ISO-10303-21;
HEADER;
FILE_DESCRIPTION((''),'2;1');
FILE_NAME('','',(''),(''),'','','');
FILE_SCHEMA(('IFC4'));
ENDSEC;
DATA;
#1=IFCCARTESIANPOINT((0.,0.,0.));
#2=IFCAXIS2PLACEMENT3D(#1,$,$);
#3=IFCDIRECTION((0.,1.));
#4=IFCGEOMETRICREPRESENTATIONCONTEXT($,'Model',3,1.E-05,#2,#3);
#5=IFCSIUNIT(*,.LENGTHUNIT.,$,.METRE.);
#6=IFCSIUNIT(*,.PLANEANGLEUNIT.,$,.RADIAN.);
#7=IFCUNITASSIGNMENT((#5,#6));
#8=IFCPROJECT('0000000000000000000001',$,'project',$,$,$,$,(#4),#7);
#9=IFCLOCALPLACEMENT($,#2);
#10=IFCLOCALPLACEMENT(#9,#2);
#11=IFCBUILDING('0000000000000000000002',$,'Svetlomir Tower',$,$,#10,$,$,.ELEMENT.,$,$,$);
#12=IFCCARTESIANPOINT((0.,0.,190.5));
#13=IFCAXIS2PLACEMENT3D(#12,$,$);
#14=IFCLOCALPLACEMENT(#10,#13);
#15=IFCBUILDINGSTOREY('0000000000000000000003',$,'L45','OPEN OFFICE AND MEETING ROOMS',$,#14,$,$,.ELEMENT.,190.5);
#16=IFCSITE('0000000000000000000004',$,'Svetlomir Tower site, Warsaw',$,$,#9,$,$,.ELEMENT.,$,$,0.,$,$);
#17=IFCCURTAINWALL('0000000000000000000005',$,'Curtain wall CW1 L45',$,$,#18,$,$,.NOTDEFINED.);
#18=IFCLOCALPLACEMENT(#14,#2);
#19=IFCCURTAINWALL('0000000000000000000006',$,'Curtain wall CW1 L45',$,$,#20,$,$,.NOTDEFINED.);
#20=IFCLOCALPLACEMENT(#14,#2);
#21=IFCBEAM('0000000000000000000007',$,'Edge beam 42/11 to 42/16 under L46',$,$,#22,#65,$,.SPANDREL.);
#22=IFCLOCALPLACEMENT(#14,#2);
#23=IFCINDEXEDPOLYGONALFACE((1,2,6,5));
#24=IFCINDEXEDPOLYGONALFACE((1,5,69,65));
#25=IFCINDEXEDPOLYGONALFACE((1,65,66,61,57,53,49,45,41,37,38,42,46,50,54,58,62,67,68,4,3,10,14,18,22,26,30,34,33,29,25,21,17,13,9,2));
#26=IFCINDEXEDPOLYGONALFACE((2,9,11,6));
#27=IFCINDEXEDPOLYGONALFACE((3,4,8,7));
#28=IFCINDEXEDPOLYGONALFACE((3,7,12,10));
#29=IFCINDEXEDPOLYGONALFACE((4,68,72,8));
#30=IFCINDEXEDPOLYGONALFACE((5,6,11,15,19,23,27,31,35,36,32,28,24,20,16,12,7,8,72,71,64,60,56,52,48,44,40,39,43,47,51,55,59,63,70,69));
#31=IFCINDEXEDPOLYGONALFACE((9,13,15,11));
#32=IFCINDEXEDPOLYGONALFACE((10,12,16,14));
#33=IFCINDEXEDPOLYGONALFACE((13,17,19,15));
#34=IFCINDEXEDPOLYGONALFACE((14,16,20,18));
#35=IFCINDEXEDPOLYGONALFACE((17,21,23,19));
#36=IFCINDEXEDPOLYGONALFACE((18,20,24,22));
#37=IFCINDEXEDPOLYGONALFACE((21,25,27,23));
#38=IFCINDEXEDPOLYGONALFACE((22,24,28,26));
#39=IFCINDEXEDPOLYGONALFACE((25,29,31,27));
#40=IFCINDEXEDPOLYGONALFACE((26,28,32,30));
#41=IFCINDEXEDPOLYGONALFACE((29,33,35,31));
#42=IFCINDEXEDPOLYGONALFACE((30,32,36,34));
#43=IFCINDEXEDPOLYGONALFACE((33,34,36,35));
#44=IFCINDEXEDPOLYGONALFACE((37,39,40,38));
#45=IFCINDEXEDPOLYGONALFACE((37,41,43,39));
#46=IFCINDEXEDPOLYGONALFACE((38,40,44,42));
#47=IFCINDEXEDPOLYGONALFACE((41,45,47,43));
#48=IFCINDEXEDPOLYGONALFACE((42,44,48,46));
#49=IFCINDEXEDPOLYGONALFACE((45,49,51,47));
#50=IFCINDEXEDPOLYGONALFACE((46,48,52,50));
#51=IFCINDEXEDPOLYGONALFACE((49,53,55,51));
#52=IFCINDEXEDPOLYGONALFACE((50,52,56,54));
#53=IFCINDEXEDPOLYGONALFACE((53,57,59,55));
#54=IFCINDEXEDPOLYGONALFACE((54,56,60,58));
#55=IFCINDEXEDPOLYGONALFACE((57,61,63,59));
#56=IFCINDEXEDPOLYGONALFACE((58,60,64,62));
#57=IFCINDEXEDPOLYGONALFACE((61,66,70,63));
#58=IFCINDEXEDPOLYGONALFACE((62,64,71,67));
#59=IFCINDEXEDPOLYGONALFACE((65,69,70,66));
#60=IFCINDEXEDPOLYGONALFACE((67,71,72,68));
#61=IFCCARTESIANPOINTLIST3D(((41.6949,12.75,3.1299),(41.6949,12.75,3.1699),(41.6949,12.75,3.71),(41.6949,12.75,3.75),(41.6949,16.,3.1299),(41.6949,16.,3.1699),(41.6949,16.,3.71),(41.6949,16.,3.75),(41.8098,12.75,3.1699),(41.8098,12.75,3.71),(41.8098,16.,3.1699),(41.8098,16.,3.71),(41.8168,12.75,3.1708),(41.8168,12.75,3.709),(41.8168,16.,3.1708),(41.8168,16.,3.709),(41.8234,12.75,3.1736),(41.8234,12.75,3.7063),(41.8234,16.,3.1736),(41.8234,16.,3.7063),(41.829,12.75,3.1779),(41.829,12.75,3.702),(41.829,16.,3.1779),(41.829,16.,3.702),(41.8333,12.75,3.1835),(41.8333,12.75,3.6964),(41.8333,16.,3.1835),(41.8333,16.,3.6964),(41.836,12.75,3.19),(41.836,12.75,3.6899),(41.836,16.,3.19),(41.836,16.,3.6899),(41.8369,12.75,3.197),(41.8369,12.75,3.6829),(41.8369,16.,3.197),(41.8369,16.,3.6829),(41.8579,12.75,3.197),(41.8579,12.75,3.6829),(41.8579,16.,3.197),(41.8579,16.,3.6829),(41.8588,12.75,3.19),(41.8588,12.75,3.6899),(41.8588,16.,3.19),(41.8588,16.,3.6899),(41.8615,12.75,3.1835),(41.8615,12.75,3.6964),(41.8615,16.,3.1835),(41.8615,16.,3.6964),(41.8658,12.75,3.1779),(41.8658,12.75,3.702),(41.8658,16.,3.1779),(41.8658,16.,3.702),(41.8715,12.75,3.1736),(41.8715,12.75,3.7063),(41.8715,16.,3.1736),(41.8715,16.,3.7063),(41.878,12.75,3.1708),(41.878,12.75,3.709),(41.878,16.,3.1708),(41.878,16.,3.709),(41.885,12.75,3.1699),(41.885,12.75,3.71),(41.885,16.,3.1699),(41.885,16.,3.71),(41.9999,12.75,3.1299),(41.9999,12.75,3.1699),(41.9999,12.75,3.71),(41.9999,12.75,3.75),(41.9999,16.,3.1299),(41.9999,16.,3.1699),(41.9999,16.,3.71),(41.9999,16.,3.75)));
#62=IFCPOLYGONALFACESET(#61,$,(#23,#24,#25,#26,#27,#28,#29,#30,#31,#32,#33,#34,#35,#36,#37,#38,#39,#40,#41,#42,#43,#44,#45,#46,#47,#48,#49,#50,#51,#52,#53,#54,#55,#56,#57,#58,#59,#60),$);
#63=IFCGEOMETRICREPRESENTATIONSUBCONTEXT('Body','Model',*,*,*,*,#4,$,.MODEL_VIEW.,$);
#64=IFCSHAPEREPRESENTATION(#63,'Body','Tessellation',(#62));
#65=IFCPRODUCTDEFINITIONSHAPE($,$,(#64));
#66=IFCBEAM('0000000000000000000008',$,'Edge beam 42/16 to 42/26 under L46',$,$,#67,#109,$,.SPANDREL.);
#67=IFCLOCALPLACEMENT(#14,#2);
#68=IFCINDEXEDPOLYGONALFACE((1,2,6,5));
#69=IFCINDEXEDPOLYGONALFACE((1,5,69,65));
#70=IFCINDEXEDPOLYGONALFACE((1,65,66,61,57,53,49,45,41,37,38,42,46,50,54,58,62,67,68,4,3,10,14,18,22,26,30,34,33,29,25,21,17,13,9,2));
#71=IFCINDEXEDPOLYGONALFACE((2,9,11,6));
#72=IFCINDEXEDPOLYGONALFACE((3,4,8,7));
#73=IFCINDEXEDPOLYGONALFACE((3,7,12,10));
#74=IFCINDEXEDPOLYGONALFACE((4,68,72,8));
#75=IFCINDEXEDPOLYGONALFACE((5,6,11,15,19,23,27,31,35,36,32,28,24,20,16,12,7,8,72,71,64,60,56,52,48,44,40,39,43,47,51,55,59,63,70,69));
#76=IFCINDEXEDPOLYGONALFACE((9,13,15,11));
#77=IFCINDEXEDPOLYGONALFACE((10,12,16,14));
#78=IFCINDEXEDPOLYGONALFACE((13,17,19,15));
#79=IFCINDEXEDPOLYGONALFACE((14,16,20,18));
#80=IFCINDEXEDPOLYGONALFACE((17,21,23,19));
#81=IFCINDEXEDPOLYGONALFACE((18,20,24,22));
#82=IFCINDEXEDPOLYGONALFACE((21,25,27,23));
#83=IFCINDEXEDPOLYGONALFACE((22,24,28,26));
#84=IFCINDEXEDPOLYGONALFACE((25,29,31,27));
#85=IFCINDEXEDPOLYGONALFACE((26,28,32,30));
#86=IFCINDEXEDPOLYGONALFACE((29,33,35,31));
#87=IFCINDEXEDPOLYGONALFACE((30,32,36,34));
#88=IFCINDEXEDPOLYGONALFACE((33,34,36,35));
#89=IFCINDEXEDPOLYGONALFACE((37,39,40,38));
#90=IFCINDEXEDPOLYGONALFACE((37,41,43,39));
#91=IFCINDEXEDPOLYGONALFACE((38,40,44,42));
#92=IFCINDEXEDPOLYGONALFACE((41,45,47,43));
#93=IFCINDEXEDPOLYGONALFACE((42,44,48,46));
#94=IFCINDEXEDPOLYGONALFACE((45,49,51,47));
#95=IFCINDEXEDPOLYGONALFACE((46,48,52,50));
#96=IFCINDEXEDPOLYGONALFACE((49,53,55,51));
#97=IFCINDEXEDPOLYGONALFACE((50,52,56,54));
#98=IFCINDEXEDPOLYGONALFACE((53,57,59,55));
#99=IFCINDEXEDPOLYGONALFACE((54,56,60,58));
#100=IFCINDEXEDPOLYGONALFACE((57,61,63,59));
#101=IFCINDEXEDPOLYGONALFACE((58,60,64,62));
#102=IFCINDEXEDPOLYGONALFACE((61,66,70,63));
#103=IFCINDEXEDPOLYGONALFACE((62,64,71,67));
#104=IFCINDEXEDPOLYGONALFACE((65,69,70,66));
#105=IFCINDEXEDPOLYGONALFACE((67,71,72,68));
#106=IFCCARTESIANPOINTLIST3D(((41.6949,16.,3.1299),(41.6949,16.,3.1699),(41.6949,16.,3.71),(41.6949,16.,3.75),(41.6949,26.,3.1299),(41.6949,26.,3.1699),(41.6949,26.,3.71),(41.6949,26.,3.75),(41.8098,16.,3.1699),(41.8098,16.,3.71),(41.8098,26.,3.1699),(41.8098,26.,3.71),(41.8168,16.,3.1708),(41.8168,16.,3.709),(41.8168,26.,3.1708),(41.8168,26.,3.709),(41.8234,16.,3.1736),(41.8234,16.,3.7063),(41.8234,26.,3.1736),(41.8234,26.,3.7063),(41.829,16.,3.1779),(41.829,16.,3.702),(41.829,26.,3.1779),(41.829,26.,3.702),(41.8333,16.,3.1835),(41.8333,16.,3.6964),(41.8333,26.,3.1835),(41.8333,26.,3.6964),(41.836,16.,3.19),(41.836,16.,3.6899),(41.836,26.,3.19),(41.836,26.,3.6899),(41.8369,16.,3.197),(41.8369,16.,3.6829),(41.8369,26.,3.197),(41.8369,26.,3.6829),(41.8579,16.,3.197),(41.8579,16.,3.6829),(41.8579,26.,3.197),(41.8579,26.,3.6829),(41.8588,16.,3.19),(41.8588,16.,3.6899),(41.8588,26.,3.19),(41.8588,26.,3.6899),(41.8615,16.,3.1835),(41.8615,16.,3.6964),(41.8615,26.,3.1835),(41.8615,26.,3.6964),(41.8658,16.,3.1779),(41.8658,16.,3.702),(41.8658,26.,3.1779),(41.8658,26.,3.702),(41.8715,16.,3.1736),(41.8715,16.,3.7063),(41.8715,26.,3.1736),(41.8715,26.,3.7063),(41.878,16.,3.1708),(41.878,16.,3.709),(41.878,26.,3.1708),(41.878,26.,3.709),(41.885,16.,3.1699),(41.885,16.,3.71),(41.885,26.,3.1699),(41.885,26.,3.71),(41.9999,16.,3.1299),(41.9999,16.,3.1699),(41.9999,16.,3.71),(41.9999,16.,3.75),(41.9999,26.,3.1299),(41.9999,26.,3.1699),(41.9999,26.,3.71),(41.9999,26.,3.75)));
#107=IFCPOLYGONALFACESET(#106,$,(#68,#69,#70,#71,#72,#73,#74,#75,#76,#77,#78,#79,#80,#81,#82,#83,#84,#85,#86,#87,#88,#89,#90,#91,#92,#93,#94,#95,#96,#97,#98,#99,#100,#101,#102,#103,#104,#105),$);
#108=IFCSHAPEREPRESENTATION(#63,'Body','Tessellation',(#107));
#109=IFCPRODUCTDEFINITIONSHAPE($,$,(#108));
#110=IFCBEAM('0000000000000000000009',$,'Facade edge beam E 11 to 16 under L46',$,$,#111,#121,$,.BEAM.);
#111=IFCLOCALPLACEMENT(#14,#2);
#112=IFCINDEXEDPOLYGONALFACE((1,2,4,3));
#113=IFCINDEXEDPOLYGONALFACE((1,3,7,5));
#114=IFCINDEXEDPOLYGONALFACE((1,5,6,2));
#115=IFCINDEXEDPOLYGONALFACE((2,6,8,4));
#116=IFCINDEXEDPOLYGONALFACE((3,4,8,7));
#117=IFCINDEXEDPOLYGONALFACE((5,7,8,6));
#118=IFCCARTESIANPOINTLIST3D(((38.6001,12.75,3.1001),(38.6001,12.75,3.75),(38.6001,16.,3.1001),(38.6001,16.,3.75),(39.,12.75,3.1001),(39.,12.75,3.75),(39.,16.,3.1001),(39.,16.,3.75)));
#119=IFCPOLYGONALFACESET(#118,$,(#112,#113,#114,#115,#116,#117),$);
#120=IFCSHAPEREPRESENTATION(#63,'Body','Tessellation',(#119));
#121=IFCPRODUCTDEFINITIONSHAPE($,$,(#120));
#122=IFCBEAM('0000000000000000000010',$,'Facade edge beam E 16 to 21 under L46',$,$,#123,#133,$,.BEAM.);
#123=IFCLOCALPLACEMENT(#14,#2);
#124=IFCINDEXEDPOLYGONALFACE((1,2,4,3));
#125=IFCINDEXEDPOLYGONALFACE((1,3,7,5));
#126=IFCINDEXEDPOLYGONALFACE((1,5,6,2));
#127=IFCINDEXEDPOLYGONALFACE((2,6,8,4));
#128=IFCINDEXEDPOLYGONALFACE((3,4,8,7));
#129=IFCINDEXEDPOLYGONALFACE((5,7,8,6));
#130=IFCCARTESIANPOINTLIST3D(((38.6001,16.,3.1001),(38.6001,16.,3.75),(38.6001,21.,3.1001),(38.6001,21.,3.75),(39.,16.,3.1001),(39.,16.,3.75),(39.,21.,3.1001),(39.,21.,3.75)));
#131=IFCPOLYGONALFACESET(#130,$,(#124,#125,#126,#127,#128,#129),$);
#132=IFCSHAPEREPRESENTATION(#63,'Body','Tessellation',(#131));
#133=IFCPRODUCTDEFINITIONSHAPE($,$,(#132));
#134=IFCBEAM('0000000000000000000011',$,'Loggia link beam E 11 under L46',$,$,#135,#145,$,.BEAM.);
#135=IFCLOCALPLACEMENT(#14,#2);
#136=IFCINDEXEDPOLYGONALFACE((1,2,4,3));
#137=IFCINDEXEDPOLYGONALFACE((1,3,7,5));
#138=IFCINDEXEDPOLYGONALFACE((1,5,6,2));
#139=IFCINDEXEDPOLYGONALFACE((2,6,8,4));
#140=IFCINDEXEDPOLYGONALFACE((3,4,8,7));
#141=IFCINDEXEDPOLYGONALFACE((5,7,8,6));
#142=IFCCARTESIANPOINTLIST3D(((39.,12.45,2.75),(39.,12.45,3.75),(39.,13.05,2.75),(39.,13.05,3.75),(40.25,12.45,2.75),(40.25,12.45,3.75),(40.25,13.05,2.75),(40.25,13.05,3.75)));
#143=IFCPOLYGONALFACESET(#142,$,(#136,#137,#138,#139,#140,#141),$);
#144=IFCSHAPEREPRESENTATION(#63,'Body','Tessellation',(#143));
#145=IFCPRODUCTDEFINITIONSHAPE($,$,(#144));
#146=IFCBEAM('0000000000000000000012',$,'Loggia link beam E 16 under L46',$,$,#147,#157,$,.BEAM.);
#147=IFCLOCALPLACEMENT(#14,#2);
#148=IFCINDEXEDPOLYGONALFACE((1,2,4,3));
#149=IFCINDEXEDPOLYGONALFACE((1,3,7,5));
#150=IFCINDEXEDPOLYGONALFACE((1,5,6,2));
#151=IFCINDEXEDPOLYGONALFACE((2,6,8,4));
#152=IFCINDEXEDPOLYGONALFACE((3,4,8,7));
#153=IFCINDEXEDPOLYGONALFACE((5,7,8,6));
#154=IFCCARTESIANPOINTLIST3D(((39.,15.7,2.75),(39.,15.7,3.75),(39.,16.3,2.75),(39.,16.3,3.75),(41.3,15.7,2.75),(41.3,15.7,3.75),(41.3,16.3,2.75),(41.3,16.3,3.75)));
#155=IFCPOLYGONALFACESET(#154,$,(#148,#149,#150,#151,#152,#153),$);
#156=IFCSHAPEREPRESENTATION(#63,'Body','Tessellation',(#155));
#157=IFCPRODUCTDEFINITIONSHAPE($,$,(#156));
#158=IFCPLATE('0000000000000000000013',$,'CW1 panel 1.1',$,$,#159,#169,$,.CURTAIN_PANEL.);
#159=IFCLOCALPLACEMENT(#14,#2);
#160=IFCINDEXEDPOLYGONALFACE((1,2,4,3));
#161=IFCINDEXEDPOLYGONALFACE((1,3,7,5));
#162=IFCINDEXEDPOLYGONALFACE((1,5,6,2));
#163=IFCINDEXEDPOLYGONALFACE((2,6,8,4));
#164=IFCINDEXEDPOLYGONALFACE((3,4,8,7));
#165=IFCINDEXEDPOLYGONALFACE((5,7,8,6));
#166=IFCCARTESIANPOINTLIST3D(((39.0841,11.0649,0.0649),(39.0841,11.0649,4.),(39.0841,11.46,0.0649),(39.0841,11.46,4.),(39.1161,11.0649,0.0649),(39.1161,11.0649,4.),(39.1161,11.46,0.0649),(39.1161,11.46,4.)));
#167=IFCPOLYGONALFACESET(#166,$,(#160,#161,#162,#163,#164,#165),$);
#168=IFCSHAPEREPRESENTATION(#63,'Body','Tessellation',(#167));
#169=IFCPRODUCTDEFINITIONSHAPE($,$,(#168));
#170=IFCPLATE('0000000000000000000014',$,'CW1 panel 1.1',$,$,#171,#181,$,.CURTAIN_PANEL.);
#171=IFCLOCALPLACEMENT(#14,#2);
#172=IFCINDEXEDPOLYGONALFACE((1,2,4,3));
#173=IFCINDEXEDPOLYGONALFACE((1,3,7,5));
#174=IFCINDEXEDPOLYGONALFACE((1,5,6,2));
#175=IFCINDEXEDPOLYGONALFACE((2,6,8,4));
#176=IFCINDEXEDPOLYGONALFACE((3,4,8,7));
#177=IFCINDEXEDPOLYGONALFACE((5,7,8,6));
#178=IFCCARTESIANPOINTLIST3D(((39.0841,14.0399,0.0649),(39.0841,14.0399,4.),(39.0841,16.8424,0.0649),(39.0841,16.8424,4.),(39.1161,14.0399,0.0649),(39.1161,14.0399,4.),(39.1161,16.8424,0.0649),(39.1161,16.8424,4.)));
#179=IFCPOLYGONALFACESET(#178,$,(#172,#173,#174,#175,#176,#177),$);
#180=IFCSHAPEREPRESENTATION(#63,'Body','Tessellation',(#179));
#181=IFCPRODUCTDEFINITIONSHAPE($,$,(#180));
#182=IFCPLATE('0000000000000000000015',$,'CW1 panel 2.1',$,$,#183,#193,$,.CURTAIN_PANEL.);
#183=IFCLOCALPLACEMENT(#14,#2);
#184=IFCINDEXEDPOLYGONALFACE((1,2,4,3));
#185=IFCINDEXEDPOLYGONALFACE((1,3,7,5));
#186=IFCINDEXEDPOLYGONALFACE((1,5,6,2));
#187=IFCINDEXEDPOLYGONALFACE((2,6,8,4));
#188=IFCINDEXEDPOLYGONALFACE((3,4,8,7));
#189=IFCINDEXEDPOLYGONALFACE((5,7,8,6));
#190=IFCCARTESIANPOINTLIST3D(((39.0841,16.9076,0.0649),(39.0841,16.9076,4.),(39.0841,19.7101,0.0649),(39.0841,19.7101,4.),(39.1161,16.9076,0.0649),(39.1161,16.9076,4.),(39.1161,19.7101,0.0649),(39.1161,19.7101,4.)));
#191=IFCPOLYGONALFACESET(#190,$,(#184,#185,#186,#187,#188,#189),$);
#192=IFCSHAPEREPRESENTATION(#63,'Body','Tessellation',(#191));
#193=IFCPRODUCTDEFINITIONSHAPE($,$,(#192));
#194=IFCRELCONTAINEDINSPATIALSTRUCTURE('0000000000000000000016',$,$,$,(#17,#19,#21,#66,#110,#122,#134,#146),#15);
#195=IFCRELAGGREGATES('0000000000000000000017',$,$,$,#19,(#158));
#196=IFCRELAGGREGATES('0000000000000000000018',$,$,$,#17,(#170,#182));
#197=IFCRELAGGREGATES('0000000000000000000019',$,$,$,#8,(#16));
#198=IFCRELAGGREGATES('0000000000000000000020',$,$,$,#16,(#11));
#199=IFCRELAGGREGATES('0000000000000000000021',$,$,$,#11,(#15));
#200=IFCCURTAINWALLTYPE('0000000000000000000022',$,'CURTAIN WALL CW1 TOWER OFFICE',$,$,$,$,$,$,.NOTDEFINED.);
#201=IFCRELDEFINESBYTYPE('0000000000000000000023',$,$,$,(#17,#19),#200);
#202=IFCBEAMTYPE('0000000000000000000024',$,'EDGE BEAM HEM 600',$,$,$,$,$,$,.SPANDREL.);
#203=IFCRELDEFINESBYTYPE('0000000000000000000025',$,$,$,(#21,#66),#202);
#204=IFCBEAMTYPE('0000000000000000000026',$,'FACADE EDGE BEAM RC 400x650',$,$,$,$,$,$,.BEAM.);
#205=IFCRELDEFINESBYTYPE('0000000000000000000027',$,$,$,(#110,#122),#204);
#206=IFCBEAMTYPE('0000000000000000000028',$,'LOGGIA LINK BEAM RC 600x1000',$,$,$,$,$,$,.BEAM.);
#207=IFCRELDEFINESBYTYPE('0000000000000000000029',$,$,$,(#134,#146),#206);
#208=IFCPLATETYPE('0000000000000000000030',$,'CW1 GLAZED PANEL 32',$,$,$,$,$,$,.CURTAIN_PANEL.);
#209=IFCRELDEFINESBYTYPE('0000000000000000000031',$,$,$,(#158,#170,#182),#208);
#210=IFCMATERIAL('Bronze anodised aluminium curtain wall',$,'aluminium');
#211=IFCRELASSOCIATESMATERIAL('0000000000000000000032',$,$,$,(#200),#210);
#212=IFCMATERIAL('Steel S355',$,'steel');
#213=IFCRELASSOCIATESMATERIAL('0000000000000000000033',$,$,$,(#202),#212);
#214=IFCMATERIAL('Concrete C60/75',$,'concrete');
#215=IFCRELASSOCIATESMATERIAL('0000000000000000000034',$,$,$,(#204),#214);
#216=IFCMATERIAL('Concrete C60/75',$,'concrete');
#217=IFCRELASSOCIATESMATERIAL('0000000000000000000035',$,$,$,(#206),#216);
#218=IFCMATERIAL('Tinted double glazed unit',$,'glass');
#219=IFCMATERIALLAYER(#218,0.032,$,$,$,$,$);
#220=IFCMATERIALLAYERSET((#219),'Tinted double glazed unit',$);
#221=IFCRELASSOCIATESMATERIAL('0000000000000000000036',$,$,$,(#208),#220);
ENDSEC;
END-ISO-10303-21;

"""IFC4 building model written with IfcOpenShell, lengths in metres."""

from ifc_helpers import new_model, si_unit, direction, frame, origin, origin_2d, place, context, subcontext, project, spatial, rectangle, i_section, extrude, material, layer, layer_set, material_profile, profile_set, type_object, element, aggregate, save


model = new_model("IFC4")

# Units and contexts
model_context = context("Model", 3, precision=1e-05, world=origin(), true_north=direction((0.0, 1.0)))
body_context = subcontext(model_context, "Body", "Model", "MODEL_VIEW")
ifc_project = project(units=[si_unit("LENGTHUNIT", "METRE"), si_unit("PLANEANGLEUNIT", "RADIAN")], contexts=[model_context])

# Site, building, storey
site_placement = place(None, origin())
site = spatial("IfcSite", under=ifc_project, at=site_placement, Name="Svetlomir Tower site, Warsaw", CompositionType="ELEMENT", RefElevation=0.0)
building_placement = place(site_placement, origin())
building = spatial("IfcBuilding", under=site, at=building_placement, Name="Svetlomir Tower", CompositionType="ELEMENT")
storey_placement = place(building_placement, frame((0.0, 0.0, 190.5)))
storey = spatial("IfcBuildingStorey", under=building, at=storey_placement, Name="L45", Description="OPEN OFFICE AND MEETING ROOMS", CompositionType="ELEMENT", Elevation=190.5)

# Curtain wall
ifc_material_1 = material(Name="Bronze anodised aluminium curtain wall", Category="aluminium")
curtain_wall_type = type_object("IfcCurtainWallType", Name="CURTAIN WALL CW1 TOWER OFFICE", PredefinedType="NOTDEFINED", material=ifc_material_1)
curtain_wall_1_placement = place(storey_placement, origin())
curtain_wall_1 = element("IfcCurtainWall", 1, at=curtain_wall_1_placement, inside=storey, type_object=curtain_wall_type, Name="Curtain wall CW1 L45", PredefinedType="NOTDEFINED")

# Curtain wall
curtain_wall_2_placement = place(storey_placement, origin())
curtain_wall_2 = element("IfcCurtainWall", 2, at=curtain_wall_2_placement, inside=storey, type_object=curtain_wall_type, Name="Curtain wall CW1 L45", PredefinedType="NOTDEFINED")

# Beams
ifc_material_2 = material(Name="Steel S355", Category="steel")
ifc_material_profile_1 = material_profile(ifc_material_2, i_section(OverallWidth=0.3049, OverallDepth=0.6201, WebThickness=0.021, FlangeThickness=0.04, FilletRadius=0.0271, at=origin_2d()), Name="HEM 600")
ifc_profile_set_1 = profile_set([ifc_material_profile_1], Name="Steel S355")
beam_type_1 = type_object("IfcBeamType", Name="EDGE BEAM HEM 600", PredefinedType="SPANDREL", material=ifc_profile_set_1)
beam_1_placement = place(storey_placement, frame((41.8474, 12.75, 3.4399), z_axis=(0.0, 1.0, 0.0), x_axis=(-1.0, 0.0, 0.0)))
element("IfcBeam", 3, at=beam_1_placement, inside=storey, type_object=beam_type_1, Name="Edge beam 42/11 to 42/16 under L46", PredefinedType="SPANDREL", context=body_context, shape_type="SweptSolid", body=[
    extrude(i_section(OverallWidth=0.3049, OverallDepth=0.6201, WebThickness=0.021, FlangeThickness=0.04, FilletRadius=0.0271, at=origin_2d()), origin(), (0.0, 0.0, 1.0), 3.25),
])
beam_2_placement = place(storey_placement, frame((41.8474, 16.0, 3.4399), z_axis=(0.0, 1.0, 0.0), x_axis=(-1.0, 0.0, 0.0)))
element("IfcBeam", 4, at=beam_2_placement, inside=storey, type_object=beam_type_1, Name="Edge beam 42/16 to 42/26 under L46", PredefinedType="SPANDREL", context=body_context, shape_type="SweptSolid", body=[
    extrude(i_section(OverallWidth=0.3049, OverallDepth=0.6201, WebThickness=0.021, FlangeThickness=0.04, FilletRadius=0.0271, at=origin_2d()), origin(), (0.0, 0.0, 1.0), 10.0),
])
ifc_material_3 = material(Name="Concrete C60/75", Category="concrete")
ifc_material_profile_2 = material_profile(ifc_material_3, rectangle(XDim=0.3999, YDim=0.6499, at=origin_2d()), Name="RC 400x650")
ifc_profile_set_2 = profile_set([ifc_material_profile_2], Name="Concrete C60/75")
beam_type_2 = type_object("IfcBeamType", Name="FACADE EDGE BEAM RC 400x650", PredefinedType="BEAM", material=ifc_profile_set_2)
beam_3_placement = place(storey_placement, frame((38.8, 12.75, 3.425), z_axis=(0.0, 1.0, 0.0), x_axis=(-1.0, 0.0, 0.0)))
element("IfcBeam", 5, at=beam_3_placement, inside=storey, type_object=beam_type_2, Name="Facade edge beam E 11 to 16 under L46", PredefinedType="BEAM", context=body_context, shape_type="SweptSolid", body=[
    extrude(rectangle(XDim=0.3999, YDim=0.6499, at=origin_2d()), origin(), (0.0, 0.0, 1.0), 3.25),
])
beam_4_placement = place(storey_placement, frame((38.8, 16.0, 3.425), z_axis=(0.0, 1.0, 0.0), x_axis=(-1.0, 0.0, 0.0)))
element("IfcBeam", 6, at=beam_4_placement, inside=storey, type_object=beam_type_2, Name="Facade edge beam E 16 to 21 under L46", PredefinedType="BEAM", context=body_context, shape_type="SweptSolid", body=[
    extrude(rectangle(XDim=0.3999, YDim=0.6499, at=origin_2d()), origin(), (0.0, 0.0, 1.0), 5.0),
])
ifc_material_4 = material(Name="Concrete C60/75", Category="concrete")
ifc_material_profile_3 = material_profile(ifc_material_4, rectangle(XDim=0.6001, YDim=1.0, at=origin_2d()), Name="RC 600x1000")
ifc_profile_set_3 = profile_set([ifc_material_profile_3], Name="Concrete C60/75")
beam_type_3 = type_object("IfcBeamType", Name="LOGGIA LINK BEAM RC 600x1000", PredefinedType="BEAM", material=ifc_profile_set_3)
beam_5_placement = place(storey_placement, frame((40.25, 12.75, 3.25), z_axis=(-1.0, 0.0, 0.0), x_axis=(0.0, -1.0, 0.0)))
element("IfcBeam", 7, at=beam_5_placement, inside=storey, type_object=beam_type_3, Name="Loggia link beam E 11 under L46", PredefinedType="BEAM", context=body_context, shape_type="SweptSolid", body=[
    extrude(rectangle(XDim=0.6001, YDim=1.0, at=origin_2d()), origin(), (0.0, 0.0, 1.0), 1.25),
])
beam_6_placement = place(storey_placement, frame((41.3, 16.0, 3.25), z_axis=(-1.0, 0.0, 0.0), x_axis=(0.0, -1.0, 0.0)))
element("IfcBeam", 8, at=beam_6_placement, inside=storey, type_object=beam_type_3, Name="Loggia link beam E 16 under L46", PredefinedType="BEAM", context=body_context, shape_type="SweptSolid", body=[
    extrude(rectangle(XDim=0.6001, YDim=1.0, at=origin_2d()), origin(), (0.0, 0.0, 1.0), 2.3),
])

# Plates
ifc_material_5 = material(Name="Tinted double glazed unit", Category="glass")
ifc_layer_1 = layer(ifc_material_5, 0.032)
ifc_layer_set_1 = layer_set([ifc_layer_1], Name="Tinted double glazed unit")
plate_type = type_object("IfcPlateType", Name="CW1 GLAZED PANEL 32", PredefinedType="CURTAIN_PANEL", material=ifc_layer_set_1)
plate_1_placement = place(storey_placement, frame((39.1001, 11.2625, 0.0649), z_axis=(0.0, 0.0, 1.0), x_axis=(0.0, 1.0, 0.0)))
plate_1 = element("IfcPlate", 9, at=plate_1_placement, type_object=plate_type, Name="CW1 panel 1.1", PredefinedType="CURTAIN_PANEL", context=body_context, shape_type="SweptSolid", body=[
    extrude(rectangle(XDim=0.395, YDim=0.032, at=origin_2d()), origin(), (0.0, 0.0, 1.0), 3.9351),
])
aggregate(curtain_wall_2, [plate_1])
plate_2_placement = place(storey_placement, frame((39.1001, 15.4412, 0.0649), z_axis=(0.0, 0.0, 1.0), x_axis=(0.0, 1.0, 0.0)))
plate_2 = element("IfcPlate", 10, at=plate_2_placement, type_object=plate_type, Name="CW1 panel 1.1", PredefinedType="CURTAIN_PANEL", context=body_context, shape_type="SweptSolid", body=[
    extrude(rectangle(XDim=2.8025, YDim=0.032, at=origin_2d()), origin(), (0.0, 0.0, 1.0), 3.9351),
])
plate_3_placement = place(storey_placement, frame((39.1001, 18.3088, 0.0649), z_axis=(0.0, 0.0, 1.0), x_axis=(0.0, 1.0, 0.0)))
plate_3 = element("IfcPlate", 11, at=plate_3_placement, type_object=plate_type, Name="CW1 panel 2.1", PredefinedType="CURTAIN_PANEL", context=body_context, shape_type="SweptSolid", body=[
    extrude(rectangle(XDim=2.8025, YDim=0.032, at=origin_2d()), origin(), (0.0, 0.0, 1.0), 3.9351),
])
aggregate(curtain_wall_1, [plate_2, plate_3])

save(model, "model.ifc")
